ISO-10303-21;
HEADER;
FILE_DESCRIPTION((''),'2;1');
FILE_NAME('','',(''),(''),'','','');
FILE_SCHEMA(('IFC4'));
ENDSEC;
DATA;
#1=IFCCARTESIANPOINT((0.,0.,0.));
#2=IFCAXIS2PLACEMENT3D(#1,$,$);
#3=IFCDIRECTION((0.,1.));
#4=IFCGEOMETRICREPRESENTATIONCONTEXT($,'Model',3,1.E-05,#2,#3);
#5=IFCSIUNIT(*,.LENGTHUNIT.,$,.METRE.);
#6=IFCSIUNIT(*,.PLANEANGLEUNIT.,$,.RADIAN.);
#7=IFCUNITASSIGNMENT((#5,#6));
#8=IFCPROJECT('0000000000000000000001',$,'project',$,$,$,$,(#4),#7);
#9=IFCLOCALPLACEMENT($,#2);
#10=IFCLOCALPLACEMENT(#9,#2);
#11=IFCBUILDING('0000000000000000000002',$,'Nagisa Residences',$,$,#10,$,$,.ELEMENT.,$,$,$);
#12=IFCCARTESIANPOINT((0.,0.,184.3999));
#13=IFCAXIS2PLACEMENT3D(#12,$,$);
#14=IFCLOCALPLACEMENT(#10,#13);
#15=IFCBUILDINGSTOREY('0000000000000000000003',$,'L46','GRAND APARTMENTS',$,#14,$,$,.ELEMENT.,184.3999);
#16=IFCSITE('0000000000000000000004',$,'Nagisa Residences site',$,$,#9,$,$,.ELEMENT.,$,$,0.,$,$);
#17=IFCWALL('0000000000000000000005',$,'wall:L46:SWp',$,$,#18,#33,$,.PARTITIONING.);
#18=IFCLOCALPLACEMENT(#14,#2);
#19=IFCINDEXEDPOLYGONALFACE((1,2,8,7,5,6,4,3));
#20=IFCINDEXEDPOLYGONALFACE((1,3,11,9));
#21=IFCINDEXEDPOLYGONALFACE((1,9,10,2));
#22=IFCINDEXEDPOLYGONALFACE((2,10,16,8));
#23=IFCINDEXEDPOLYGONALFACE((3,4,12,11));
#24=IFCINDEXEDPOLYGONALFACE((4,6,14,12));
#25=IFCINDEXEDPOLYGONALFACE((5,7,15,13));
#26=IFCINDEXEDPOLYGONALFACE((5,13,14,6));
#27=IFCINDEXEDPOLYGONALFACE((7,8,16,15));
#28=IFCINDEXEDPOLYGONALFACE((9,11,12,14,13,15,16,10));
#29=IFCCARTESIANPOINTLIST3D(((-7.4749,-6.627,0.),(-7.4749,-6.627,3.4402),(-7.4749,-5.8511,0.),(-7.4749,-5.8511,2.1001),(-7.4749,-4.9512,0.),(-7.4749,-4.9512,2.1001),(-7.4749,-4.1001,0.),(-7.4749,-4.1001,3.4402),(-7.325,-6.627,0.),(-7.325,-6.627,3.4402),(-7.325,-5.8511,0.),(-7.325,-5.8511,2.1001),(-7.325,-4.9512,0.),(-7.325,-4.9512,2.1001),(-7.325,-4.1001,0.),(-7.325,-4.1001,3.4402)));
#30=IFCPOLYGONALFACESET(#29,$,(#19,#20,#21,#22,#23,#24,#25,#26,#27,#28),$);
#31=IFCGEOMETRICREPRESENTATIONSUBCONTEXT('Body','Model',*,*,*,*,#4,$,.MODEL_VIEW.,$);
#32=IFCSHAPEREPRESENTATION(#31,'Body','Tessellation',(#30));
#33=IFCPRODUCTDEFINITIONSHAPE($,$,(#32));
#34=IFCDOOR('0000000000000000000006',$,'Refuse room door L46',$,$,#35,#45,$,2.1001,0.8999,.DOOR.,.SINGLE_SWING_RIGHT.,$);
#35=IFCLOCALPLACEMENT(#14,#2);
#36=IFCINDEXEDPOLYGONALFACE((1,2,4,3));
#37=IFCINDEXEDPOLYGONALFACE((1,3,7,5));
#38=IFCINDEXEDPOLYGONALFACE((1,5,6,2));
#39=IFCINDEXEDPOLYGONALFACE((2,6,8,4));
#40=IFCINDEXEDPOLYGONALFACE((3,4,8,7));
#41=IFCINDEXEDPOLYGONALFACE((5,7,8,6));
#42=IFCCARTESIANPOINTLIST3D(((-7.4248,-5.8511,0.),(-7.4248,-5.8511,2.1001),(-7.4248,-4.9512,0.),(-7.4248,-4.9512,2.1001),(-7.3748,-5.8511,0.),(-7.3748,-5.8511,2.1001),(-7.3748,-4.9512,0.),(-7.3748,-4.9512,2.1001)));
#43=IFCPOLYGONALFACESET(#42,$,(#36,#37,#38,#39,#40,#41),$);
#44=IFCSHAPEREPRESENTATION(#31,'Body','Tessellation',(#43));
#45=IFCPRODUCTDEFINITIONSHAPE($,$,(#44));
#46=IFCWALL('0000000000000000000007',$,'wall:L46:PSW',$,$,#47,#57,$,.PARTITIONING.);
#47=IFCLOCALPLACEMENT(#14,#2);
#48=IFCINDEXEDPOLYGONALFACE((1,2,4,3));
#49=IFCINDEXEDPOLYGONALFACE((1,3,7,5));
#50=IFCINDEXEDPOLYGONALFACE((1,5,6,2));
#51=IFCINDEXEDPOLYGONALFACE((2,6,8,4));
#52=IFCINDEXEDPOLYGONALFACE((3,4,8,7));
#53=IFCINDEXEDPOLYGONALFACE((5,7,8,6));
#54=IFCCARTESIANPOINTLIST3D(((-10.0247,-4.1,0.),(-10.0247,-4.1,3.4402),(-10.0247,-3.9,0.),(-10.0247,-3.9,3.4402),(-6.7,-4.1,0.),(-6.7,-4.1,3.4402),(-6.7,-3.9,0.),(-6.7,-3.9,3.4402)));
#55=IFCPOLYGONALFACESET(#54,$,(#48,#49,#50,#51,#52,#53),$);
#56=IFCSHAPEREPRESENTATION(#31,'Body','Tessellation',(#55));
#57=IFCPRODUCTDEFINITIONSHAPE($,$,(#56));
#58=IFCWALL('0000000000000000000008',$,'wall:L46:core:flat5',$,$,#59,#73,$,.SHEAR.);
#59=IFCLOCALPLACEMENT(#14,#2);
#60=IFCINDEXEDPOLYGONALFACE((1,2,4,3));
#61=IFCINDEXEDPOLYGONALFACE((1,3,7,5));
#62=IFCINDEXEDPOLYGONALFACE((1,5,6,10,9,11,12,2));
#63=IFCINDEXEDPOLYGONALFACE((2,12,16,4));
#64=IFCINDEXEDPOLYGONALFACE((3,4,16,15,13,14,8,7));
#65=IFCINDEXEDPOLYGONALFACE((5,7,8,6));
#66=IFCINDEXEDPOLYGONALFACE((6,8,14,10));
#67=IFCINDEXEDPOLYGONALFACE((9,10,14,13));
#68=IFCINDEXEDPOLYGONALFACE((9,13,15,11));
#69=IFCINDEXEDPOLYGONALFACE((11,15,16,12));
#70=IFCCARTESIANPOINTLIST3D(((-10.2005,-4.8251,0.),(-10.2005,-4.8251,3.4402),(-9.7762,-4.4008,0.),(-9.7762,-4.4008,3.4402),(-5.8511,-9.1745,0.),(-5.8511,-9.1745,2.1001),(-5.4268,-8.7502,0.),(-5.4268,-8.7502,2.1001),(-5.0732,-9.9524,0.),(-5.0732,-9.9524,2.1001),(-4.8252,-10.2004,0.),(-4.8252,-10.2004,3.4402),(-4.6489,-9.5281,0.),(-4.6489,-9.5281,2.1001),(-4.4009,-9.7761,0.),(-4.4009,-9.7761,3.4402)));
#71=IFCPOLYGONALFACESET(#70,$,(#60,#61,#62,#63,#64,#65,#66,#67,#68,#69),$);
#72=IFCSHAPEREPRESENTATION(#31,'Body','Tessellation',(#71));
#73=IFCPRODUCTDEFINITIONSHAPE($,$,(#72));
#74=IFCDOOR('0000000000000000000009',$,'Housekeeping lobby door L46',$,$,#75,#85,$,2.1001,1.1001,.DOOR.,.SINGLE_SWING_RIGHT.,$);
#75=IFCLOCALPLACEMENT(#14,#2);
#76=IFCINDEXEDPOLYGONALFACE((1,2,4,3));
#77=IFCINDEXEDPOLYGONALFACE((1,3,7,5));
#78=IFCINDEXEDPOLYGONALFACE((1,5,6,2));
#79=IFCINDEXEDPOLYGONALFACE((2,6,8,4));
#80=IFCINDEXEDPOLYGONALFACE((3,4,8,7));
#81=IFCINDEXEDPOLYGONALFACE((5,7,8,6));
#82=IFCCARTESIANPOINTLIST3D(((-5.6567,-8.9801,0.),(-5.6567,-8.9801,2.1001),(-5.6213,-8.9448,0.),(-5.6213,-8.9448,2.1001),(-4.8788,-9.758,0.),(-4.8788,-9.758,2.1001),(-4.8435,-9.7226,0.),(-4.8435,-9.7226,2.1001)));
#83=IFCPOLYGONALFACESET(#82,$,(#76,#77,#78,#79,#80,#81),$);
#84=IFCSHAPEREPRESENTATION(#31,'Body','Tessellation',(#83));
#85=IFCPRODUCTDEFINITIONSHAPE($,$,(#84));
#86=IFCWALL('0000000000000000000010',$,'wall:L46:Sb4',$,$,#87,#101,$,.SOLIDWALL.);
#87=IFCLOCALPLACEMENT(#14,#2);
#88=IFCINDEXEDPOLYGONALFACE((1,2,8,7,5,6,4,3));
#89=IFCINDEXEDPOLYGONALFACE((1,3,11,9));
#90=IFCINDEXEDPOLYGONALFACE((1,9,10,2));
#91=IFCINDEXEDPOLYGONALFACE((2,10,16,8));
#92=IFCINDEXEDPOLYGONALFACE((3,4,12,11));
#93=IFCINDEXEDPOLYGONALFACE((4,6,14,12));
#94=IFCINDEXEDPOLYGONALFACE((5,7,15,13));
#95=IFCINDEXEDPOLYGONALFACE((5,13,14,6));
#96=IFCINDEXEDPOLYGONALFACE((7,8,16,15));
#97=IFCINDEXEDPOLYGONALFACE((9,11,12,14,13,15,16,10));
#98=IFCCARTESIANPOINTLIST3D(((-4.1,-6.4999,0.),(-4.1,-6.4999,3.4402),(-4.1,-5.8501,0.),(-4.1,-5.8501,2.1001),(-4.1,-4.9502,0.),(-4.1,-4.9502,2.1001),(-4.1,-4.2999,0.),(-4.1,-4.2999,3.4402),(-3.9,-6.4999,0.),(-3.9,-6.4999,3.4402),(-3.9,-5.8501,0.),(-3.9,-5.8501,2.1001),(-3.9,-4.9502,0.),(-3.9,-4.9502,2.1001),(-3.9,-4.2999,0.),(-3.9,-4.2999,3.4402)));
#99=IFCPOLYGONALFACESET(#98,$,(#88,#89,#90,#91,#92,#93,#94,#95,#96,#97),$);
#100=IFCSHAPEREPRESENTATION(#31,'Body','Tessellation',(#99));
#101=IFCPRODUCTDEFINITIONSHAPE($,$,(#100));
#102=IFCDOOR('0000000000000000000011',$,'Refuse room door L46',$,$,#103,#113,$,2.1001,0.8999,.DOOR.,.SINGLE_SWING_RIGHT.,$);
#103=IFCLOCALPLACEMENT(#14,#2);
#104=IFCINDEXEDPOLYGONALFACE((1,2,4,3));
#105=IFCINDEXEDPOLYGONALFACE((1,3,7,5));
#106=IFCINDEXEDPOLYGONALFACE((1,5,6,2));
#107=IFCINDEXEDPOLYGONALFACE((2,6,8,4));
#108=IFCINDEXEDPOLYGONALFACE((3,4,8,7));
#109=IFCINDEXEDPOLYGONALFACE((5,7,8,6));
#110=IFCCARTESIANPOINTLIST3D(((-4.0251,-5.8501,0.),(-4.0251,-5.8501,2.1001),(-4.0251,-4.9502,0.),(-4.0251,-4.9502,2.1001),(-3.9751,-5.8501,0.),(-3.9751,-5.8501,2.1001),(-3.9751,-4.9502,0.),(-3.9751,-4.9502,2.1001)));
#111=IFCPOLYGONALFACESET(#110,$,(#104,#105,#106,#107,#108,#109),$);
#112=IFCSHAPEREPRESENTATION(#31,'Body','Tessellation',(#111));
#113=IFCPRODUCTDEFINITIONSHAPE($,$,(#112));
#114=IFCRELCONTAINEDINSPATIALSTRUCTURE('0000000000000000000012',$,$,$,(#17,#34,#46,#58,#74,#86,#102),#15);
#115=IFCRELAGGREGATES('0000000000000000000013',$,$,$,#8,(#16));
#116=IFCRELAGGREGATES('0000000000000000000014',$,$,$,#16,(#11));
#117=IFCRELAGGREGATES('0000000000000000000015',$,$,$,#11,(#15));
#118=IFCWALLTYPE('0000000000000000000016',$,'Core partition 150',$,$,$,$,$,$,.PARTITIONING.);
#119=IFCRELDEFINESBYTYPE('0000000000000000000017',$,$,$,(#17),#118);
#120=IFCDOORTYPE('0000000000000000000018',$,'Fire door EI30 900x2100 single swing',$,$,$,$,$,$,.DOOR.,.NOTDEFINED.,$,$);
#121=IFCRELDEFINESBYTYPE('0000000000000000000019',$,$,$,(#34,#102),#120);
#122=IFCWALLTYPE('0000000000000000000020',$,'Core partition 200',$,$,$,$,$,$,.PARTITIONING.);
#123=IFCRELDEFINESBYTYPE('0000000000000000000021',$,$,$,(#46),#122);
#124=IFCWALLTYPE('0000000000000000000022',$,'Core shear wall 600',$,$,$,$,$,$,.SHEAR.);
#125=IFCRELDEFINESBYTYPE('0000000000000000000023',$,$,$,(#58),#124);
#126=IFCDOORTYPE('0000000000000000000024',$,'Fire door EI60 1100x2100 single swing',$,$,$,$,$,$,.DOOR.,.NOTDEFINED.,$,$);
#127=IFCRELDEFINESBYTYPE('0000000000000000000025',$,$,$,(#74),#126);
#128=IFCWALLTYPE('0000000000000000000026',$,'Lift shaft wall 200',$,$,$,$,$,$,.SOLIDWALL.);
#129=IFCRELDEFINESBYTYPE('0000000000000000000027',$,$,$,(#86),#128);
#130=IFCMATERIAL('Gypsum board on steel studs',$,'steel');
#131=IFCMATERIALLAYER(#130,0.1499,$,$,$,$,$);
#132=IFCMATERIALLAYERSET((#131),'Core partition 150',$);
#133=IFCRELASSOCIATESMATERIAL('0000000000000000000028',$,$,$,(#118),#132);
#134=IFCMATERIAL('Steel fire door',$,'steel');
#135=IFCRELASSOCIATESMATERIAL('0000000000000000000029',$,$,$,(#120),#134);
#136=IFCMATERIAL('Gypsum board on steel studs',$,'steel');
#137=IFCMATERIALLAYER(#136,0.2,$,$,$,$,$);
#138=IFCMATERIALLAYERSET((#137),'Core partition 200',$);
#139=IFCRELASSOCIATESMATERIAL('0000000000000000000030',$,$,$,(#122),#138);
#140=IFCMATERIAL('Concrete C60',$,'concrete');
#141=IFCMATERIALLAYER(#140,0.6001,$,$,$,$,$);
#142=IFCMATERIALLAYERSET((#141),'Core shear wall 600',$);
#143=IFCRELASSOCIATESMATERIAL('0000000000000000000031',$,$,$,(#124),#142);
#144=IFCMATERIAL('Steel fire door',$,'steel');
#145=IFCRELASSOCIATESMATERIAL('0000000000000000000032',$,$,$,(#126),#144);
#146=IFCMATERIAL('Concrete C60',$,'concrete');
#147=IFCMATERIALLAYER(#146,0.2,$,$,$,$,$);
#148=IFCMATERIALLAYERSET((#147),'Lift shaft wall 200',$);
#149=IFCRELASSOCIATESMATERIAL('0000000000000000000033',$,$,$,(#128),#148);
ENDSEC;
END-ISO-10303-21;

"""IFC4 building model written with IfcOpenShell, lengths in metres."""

from ifc_helpers import new_model, si_unit, direction, frame, frame_2d, origin, place, context, subcontext, project, spatial, rectangle, extrude, material, layer, layer_set, type_object, element, fill, save


model = new_model("IFC4")

# Units and contexts
model_context = context("Model", 3, precision=1e-05, world=origin(), true_north=direction((0.0, 1.0)))
body_context = subcontext(model_context, "Body", "Model", "MODEL_VIEW")
ifc_project = project(units=[si_unit("LENGTHUNIT", "METRE"), si_unit("PLANEANGLEUNIT", "RADIAN")], contexts=[model_context])

# Site, building, storey
site_placement = place(None, origin())
site = spatial("IfcSite", under=ifc_project, at=site_placement, Name="Nagisa Residences site", CompositionType="ELEMENT", RefElevation=0.0)
building_placement = place(site_placement, origin())
building = spatial("IfcBuilding", under=site, at=building_placement, Name="Nagisa Residences", CompositionType="ELEMENT")
storey_placement = place(building_placement, frame((0.0, 0.0, 184.3999)))
storey = spatial("IfcBuildingStorey", under=building, at=storey_placement, Name="L46", Description="GRAND APARTMENTS", CompositionType="ELEMENT", Elevation=184.3999)

# Wall, opening, door
ifc_material_1 = material(Name="Gypsum board on steel studs", Category="steel")
ifc_layer_1 = layer(ifc_material_1, 0.1499)
ifc_layer_set_1 = layer_set([ifc_layer_1], Name="Core partition 150")
wall_type_1 = type_object("IfcWallType", Name="Core partition 150", PredefinedType="PARTITIONING", material=ifc_layer_set_1)
wall_1_placement = place(storey_placement, frame((-7.3999, -6.627, 0.0), z_axis=(0.0, 0.0, 1.0), x_axis=(0.0, 1.0, 0.0)))
wall_1 = element("IfcWall", 1, at=wall_1_placement, inside=storey, type_object=wall_type_1, Name="wall:L46:SWp", PredefinedType="PARTITIONING", context=body_context, shape_type="SweptSolid", body=[
    extrude(rectangle(XDim=2.5269, YDim=0.1499, at=frame_2d((1.2634, 0.0))), origin(), (0.0, 0.0, 1.0), 3.4402),
])
opening_1_placement = place(wall_1_placement, frame((0.7759, 0.0, 0.0)))
opening_1 = element("IfcOpeningElement", 2, at=opening_1_placement, cuts=wall_1, PredefinedType="OPENING", context=body_context, shape_type="SweptSolid", body=[
    extrude(rectangle(XDim=0.8999, YDim=2.1001, at=frame_2d((0.45, 1.05))), frame((0.0, 0.085, 0.0), z_axis=(0.0, -1.0, 0.0), x_axis=(1.0, 0.0, 0.0)), (0.0, 0.0, 1.0), 0.1699),
])
ifc_material_2 = material(Name="Steel fire door", Category="steel")
door_type_1 = type_object("IfcDoorType", Name="Fire door EI30 900x2100 single swing", OperationType="NOTDEFINED", PredefinedType="DOOR", material=ifc_material_2)
door_1_placement = place(opening_1_placement, origin())
door_1 = element("IfcDoor", 3, at=door_1_placement, inside=storey, type_object=door_type_1, Name="Refuse room door L46", OperationType="SINGLE_SWING_RIGHT", OverallHeight=2.1001, OverallWidth=0.8999, PredefinedType="DOOR", context=body_context, shape_type="SweptSolid", body=[
    extrude(rectangle(XDim=0.8999, YDim=2.1001, at=frame_2d((0.45, 1.05))), frame((0.0, 0.0249, 0.0), z_axis=(0.0, -1.0, 0.0), x_axis=(1.0, 0.0, 0.0)), (0.0, 0.0, 1.0), 0.05),
])
fill(opening_1, door_1)

# Wall
ifc_material_3 = material(Name="Gypsum board on steel studs", Category="steel")
ifc_layer_2 = layer(ifc_material_3, 0.2)
ifc_layer_set_2 = layer_set([ifc_layer_2], Name="Core partition 200")
wall_type_2 = type_object("IfcWallType", Name="Core partition 200", PredefinedType="PARTITIONING", material=ifc_layer_set_2)
wall_2_placement = place(storey_placement, frame((-10.0247, -4.0, 0.0), z_axis=(0.0, 0.0, 1.0), x_axis=(1.0, 0.0, 0.0)))
element("IfcWall", 4, at=wall_2_placement, inside=storey, type_object=wall_type_2, Name="wall:L46:PSW", PredefinedType="PARTITIONING", context=body_context, shape_type="SweptSolid", body=[
    extrude(rectangle(XDim=3.3247, YDim=0.2, at=frame_2d((1.6624, 0.0))), origin(), (0.0, 0.0, 1.0), 3.4402),
])

# Walls, openings, doors
ifc_material_4 = material(Name="Concrete C60", Category="concrete")
ifc_layer_3 = layer(ifc_material_4, 0.6001)
ifc_layer_set_3 = layer_set([ifc_layer_3], Name="Core shear wall 600")
wall_type_3 = type_object("IfcWallType", Name="Core shear wall 600", PredefinedType="SHEAR", material=ifc_layer_set_3)
wall_3_placement = place(storey_placement, frame((-9.9883, -4.613, 0.0), z_axis=(0.0, 0.0, 1.0), x_axis=(0.707107, -0.707107, 0.0)))
wall_3 = element("IfcWall", 5, at=wall_3_placement, inside=storey, type_object=wall_type_3, Name="wall:L46:core:flat5", PredefinedType="SHEAR", context=body_context, shape_type="SweptSolid", body=[
    extrude(rectangle(XDim=7.6018, YDim=0.6001, at=frame_2d((3.8008, 0.0))), origin(), (0.0, 0.0, 1.0), 3.4402),
])
opening_2_placement = place(wall_3_placement, frame((6.1509, 0.0, 0.0)))
opening_2 = element("IfcOpeningElement", 6, at=opening_2_placement, cuts=wall_3, PredefinedType="OPENING", context=body_context, shape_type="SweptSolid", body=[
    extrude(rectangle(XDim=1.1001, YDim=2.1001, at=frame_2d((0.55, 1.05))), frame((0.0, 0.3101, 0.0), z_axis=(0.0, -1.0, 0.0), x_axis=(1.0, 0.0, 0.0)), (0.0, 0.0, 1.0), 0.6201),
])
ifc_material_5 = material(Name="Steel fire door", Category="steel")
door_type_2 = type_object("IfcDoorType", Name="Fire door EI60 1100x2100 single swing", OperationType="NOTDEFINED", PredefinedType="DOOR", material=ifc_material_5)
door_2_placement = place(opening_2_placement, origin())
door_2 = element("IfcDoor", 7, at=door_2_placement, inside=storey, type_object=door_type_2, Name="Housekeeping lobby door L46", OperationType="SINGLE_SWING_RIGHT", OverallHeight=2.1001, OverallWidth=1.1001, PredefinedType="DOOR", context=body_context, shape_type="SweptSolid", body=[
    extrude(rectangle(XDim=1.1001, YDim=2.1001, at=frame_2d((0.55, 1.05))), frame((0.0, 0.0249, 0.0), z_axis=(0.0, -1.0, 0.0), x_axis=(1.0, 0.0, 0.0)), (0.0, 0.0, 1.0), 0.05),
])
fill(opening_2, door_2)
ifc_material_6 = material(Name="Concrete C60", Category="concrete")
ifc_layer_4 = layer(ifc_material_6, 0.2)
ifc_layer_set_4 = layer_set([ifc_layer_4], Name="Lift shaft wall 200")
wall_type_4 = type_object("IfcWallType", Name="Lift shaft wall 200", PredefinedType="SOLIDWALL", material=ifc_layer_set_4)
wall_4_placement = place(storey_placement, frame((-4.0, -6.5, 0.0), z_axis=(0.0, 0.0, 1.0), x_axis=(0.0, 1.0, 0.0)))
wall_4 = element("IfcWall", 8, at=wall_4_placement, inside=storey, type_object=wall_type_4, Name="wall:L46:Sb4", PredefinedType="SOLIDWALL", context=body_context, shape_type="SweptSolid", body=[
    extrude(rectangle(XDim=2.2, YDim=0.2, at=frame_2d((1.1001, 0.0))), origin(), (0.0, 0.0, 1.0), 3.4402),
])
opening_3_placement = place(wall_4_placement, frame((0.6499, 0.0, 0.0)))
opening_3 = element("IfcOpeningElement", 9, at=opening_3_placement, cuts=wall_4, PredefinedType="OPENING", context=body_context, shape_type="SweptSolid", body=[
    extrude(rectangle(XDim=0.8999, YDim=2.1001, at=frame_2d((0.45, 1.05))), frame((0.0, 0.1099, 0.0), z_axis=(0.0, -1.0, 0.0), x_axis=(1.0, 0.0, 0.0)), (0.0, 0.0, 1.0), 0.22),
])
door_3_placement = place(opening_3_placement, frame((0.8999, 0.0, 0.0), x_axis=(-1.0, 0.0, 0.0)))
door_3 = element("IfcDoor", 10, at=door_3_placement, inside=storey, type_object=door_type_1, Name="Refuse room door L46", OperationType="SINGLE_SWING_RIGHT", OverallHeight=2.1001, OverallWidth=0.8999, PredefinedType="DOOR", context=body_context, shape_type="SweptSolid", body=[
    extrude(rectangle(XDim=0.8999, YDim=2.1001, at=frame_2d((0.45, 1.05))), frame((0.0, 0.0249, 0.0), z_axis=(0.0, -1.0, 0.0), x_axis=(1.0, 0.0, 0.0)), (0.0, 0.0, 1.0), 0.05),
])
fill(opening_3, door_3)

save(model, "model.ifc")
